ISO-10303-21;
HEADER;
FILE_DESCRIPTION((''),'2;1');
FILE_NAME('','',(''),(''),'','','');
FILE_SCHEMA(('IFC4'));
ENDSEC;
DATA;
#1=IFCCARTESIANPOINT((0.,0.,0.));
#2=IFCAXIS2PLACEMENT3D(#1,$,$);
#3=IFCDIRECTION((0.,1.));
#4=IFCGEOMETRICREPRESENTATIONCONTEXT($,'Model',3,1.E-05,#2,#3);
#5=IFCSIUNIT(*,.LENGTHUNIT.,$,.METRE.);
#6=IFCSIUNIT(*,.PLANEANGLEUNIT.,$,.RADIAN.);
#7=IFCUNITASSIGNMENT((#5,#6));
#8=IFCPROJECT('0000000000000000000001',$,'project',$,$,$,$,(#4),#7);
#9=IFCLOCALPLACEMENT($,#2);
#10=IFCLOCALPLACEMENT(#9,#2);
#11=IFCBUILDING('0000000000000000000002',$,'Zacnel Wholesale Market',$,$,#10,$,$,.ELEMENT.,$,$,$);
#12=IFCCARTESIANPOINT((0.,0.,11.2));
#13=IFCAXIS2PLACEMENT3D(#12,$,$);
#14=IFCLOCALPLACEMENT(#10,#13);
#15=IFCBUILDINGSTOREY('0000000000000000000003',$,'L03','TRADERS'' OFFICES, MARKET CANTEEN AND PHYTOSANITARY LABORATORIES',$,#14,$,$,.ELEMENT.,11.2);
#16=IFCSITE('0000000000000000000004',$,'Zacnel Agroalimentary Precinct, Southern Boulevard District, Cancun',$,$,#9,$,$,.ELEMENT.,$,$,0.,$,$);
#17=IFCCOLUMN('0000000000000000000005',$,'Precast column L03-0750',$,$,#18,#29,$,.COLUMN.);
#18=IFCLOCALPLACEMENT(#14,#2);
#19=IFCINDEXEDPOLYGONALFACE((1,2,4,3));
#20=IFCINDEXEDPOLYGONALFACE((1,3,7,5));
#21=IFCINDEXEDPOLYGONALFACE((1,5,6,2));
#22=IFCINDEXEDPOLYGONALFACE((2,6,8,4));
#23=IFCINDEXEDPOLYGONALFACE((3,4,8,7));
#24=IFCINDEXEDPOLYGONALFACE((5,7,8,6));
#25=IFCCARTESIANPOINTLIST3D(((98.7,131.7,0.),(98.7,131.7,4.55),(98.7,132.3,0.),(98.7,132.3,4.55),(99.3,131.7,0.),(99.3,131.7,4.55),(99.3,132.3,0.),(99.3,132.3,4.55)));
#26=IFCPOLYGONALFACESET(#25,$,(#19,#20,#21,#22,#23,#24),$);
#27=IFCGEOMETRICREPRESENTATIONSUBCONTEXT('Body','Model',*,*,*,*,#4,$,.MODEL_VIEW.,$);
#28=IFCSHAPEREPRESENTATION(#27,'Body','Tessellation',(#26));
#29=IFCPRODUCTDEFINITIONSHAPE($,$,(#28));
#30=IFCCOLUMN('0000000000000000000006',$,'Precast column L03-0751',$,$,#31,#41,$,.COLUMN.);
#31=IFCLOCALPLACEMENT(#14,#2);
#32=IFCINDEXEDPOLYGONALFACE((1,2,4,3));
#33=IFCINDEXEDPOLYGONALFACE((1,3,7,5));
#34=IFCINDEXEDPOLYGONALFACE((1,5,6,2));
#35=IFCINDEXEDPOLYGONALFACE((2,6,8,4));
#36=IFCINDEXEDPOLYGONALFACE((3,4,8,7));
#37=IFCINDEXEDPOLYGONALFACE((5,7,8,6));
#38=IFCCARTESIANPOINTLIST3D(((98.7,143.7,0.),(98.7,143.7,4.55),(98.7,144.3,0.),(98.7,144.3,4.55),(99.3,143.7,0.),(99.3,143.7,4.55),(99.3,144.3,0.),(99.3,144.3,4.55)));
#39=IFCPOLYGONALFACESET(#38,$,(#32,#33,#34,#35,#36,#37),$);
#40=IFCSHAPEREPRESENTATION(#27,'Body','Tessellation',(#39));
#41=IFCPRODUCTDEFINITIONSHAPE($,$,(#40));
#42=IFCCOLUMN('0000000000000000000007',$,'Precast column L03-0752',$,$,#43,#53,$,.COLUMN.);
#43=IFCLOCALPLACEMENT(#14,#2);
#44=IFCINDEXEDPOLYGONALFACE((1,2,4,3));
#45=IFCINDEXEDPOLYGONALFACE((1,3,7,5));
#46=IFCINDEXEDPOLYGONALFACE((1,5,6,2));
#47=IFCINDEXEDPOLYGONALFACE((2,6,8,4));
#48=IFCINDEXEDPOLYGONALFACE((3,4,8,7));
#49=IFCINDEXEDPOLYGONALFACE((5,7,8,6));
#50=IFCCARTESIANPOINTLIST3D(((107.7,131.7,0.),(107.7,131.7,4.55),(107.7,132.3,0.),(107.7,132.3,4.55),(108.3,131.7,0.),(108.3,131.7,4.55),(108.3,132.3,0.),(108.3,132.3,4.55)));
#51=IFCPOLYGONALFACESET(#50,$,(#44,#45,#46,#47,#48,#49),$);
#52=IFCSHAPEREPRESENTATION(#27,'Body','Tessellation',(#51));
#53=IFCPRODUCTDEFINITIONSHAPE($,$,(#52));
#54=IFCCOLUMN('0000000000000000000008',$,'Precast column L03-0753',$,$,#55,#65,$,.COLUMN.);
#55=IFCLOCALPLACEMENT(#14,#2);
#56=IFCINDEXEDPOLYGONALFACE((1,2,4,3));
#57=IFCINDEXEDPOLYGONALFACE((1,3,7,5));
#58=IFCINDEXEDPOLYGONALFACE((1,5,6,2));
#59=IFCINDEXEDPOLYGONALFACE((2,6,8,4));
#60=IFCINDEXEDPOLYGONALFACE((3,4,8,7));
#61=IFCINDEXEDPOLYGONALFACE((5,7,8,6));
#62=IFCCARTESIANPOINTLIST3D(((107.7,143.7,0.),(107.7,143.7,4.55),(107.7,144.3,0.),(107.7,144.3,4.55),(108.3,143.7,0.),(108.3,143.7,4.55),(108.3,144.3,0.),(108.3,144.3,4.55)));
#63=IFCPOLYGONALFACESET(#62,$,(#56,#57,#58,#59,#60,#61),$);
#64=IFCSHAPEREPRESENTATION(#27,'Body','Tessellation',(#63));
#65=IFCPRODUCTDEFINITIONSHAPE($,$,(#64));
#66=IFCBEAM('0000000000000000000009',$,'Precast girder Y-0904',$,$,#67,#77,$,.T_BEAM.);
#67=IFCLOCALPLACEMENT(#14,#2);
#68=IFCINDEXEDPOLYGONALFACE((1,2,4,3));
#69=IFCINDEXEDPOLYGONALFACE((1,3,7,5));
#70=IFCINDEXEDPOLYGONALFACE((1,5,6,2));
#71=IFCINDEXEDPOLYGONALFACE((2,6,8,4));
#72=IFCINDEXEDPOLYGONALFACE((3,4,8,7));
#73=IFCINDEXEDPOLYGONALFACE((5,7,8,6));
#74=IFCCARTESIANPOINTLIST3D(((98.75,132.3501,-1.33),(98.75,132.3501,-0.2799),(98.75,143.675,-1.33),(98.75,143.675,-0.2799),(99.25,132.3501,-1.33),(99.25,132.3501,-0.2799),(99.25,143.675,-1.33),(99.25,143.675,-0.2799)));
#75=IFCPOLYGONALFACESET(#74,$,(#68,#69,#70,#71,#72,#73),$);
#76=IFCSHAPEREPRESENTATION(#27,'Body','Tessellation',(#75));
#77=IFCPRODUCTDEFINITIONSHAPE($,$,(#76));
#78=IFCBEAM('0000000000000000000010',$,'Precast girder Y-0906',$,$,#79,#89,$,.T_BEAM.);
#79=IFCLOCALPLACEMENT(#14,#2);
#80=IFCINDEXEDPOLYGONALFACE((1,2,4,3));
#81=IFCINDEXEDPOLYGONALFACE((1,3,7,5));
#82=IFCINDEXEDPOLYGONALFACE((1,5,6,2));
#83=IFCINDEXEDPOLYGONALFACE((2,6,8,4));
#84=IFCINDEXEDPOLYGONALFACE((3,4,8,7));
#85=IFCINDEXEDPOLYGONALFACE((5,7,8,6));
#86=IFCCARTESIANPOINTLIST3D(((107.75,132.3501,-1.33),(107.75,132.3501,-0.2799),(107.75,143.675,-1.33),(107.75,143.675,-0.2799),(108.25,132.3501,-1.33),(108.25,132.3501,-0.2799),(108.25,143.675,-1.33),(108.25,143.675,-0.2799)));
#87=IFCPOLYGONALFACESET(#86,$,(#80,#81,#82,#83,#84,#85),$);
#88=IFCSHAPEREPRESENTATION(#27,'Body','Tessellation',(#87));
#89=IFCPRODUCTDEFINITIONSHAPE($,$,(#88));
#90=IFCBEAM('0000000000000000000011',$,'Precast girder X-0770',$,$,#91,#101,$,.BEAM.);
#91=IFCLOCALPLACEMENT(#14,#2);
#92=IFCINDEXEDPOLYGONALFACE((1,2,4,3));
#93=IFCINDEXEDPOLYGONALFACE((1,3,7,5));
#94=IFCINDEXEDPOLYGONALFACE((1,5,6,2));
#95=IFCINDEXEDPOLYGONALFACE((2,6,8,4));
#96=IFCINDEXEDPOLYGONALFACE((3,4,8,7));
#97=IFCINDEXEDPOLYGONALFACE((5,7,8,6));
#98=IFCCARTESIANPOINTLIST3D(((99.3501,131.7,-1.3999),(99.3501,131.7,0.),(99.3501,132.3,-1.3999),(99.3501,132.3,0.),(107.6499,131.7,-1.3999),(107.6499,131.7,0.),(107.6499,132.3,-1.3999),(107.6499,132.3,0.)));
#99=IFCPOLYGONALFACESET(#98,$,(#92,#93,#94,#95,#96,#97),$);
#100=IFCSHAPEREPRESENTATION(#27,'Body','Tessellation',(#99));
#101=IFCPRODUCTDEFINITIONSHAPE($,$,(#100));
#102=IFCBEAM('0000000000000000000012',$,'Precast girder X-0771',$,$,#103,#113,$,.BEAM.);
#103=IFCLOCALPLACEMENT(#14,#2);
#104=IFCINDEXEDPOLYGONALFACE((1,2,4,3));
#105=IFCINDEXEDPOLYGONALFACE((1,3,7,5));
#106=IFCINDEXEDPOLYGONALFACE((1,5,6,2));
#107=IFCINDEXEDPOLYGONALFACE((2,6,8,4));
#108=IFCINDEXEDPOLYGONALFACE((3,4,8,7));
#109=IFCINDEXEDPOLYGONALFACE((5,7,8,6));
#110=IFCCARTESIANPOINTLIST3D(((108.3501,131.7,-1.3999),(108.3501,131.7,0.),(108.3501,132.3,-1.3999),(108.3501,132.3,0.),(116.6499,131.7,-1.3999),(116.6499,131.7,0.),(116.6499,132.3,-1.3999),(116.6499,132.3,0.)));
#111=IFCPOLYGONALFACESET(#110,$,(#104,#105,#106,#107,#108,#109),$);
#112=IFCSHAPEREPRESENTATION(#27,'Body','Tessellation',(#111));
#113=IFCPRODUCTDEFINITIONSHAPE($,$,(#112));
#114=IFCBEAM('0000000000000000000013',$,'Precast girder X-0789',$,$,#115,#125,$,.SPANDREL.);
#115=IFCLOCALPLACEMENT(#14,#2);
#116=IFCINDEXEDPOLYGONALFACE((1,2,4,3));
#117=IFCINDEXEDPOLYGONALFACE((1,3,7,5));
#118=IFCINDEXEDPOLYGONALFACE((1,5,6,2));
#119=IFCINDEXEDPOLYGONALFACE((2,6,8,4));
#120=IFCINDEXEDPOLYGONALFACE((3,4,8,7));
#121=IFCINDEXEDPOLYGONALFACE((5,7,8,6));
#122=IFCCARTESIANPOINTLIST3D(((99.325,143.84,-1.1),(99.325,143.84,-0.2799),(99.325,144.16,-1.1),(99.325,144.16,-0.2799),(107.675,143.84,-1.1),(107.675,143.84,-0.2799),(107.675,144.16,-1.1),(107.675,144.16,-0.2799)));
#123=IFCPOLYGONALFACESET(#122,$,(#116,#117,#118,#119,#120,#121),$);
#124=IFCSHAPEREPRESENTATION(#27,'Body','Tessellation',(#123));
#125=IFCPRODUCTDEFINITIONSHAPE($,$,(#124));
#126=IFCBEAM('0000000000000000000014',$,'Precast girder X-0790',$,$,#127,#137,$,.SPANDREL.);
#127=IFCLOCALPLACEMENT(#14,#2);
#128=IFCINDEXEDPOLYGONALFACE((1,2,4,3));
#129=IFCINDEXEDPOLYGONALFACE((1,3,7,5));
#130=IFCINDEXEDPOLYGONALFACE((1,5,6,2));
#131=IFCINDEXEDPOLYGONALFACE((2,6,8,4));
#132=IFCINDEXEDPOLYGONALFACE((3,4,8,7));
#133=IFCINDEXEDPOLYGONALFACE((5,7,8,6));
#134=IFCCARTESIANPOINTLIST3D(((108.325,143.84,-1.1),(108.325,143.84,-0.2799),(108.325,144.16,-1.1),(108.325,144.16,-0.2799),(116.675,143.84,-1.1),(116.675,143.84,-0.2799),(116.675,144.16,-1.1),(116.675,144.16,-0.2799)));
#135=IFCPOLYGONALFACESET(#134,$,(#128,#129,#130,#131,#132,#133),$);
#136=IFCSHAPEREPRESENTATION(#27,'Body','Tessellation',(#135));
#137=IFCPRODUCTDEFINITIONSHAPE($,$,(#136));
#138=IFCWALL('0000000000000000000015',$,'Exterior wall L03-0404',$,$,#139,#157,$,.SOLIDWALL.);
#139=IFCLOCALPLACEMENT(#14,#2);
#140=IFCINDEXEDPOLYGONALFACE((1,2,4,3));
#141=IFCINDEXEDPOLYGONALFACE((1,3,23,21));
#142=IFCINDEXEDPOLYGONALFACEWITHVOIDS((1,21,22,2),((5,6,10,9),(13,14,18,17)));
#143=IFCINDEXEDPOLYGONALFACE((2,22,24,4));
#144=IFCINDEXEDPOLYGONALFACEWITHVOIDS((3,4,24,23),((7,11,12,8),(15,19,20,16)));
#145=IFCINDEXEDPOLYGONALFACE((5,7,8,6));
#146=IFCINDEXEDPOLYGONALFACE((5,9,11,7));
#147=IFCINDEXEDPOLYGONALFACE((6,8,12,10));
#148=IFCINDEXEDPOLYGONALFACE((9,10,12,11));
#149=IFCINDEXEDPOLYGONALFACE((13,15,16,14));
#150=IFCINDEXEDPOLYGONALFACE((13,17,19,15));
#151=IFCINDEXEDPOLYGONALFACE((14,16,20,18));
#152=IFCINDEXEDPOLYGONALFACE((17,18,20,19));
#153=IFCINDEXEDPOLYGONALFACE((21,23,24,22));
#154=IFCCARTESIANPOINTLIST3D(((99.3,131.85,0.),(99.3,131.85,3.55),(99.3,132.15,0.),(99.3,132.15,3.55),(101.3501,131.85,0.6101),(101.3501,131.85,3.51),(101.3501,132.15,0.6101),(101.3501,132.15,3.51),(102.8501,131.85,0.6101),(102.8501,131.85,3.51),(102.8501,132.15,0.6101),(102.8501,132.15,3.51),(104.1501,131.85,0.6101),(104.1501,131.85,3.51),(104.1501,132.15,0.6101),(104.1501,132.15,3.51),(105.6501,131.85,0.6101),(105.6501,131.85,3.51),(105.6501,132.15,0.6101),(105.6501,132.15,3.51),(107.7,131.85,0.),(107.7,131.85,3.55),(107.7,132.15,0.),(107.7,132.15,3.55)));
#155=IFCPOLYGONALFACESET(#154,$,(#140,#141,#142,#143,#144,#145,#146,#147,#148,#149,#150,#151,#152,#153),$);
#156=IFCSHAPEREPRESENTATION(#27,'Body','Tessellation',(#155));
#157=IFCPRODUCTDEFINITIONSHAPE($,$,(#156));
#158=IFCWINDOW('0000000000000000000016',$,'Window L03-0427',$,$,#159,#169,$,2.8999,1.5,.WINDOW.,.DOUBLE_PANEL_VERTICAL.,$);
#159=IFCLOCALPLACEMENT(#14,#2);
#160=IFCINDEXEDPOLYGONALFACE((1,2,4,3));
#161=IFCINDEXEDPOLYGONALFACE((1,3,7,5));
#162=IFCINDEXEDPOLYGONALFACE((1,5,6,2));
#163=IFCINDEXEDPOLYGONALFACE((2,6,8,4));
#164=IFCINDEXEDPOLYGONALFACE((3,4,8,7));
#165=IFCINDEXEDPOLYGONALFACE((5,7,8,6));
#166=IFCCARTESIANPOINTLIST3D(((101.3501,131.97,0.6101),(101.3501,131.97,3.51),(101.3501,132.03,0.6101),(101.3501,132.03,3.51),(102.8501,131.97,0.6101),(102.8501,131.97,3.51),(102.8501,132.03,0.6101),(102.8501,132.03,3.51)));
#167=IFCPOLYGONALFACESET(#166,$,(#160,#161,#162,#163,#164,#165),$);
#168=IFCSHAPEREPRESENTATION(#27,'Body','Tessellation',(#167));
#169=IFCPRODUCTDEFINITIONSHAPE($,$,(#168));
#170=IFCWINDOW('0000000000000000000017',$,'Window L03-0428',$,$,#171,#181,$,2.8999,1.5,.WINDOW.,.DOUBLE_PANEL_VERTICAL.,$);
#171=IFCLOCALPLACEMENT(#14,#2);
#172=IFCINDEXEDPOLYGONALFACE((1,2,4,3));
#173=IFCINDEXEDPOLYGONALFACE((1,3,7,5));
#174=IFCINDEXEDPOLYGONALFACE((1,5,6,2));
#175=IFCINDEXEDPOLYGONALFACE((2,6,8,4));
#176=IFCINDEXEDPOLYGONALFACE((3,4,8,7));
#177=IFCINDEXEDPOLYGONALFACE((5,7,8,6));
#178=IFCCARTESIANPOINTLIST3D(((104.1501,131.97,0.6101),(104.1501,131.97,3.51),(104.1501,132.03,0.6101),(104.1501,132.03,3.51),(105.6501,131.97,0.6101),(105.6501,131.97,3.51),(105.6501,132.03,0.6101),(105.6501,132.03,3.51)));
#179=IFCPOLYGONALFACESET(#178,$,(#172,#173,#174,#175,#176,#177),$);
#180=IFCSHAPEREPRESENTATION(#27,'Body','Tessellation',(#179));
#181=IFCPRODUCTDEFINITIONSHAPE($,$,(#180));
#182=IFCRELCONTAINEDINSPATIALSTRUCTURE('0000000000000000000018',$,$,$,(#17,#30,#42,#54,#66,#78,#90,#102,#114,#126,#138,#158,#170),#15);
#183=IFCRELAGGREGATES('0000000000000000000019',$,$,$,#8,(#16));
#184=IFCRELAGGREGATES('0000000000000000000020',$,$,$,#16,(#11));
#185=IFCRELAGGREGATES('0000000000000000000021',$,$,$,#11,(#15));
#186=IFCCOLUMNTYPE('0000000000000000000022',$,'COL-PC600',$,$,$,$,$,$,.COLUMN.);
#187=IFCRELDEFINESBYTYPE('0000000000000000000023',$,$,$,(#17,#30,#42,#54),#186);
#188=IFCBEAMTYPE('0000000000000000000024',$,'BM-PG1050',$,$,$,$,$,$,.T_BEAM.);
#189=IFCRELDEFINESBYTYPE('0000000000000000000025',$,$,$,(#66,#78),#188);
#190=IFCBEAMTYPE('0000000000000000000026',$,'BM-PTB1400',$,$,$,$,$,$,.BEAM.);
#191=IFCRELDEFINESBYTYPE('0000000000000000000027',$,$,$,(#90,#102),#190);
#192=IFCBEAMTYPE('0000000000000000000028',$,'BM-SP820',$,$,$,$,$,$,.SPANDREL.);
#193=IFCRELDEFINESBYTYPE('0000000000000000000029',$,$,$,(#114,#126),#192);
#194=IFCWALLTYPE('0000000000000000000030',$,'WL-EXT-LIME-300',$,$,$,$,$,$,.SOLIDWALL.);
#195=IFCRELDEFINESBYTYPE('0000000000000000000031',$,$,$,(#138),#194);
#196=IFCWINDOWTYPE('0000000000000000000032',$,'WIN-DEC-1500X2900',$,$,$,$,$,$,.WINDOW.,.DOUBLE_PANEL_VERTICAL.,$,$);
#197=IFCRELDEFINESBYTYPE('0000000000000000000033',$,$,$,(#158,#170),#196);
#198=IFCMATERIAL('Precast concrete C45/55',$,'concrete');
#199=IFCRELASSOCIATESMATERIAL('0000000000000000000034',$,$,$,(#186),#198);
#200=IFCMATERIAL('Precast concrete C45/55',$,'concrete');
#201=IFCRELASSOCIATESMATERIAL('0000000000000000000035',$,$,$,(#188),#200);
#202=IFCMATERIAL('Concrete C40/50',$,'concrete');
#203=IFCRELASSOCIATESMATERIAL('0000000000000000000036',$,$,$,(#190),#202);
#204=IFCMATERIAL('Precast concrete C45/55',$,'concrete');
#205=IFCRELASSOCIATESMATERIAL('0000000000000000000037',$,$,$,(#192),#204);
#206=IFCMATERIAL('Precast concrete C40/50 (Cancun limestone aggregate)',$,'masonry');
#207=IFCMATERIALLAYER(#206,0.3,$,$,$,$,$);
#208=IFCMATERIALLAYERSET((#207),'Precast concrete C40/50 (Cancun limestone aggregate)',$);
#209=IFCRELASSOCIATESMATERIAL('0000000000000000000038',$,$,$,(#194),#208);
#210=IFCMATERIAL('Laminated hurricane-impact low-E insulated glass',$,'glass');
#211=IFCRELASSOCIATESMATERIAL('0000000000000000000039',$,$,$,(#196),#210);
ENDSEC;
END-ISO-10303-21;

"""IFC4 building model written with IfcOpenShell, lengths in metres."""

from ifc_helpers import new_model, si_unit, direction, frame, frame_2d, origin, origin_2d, place, context, subcontext, project, spatial, rectangle, extrude, material, layer, layer_set, material_profile, profile_set, type_object, element, fill, save


model = new_model("IFC4")

# Units and contexts
model_context = context("Model", 3, precision=1e-05, world=origin(), true_north=direction((0.0, 1.0)))
body_context = subcontext(model_context, "Body", "Model", "MODEL_VIEW")
ifc_project = project(units=[si_unit("LENGTHUNIT", "METRE"), si_unit("PLANEANGLEUNIT", "RADIAN")], contexts=[model_context])

# Site, building, storey
site_placement = place(None, origin())
site = spatial("IfcSite", under=ifc_project, at=site_placement, Name="Zacnel Agroalimentary Precinct, Southern Boulevard District, Cancun", CompositionType="ELEMENT", RefElevation=0.0)
building_placement = place(site_placement, origin())
building = spatial("IfcBuilding", under=site, at=building_placement, Name="Zacnel Wholesale Market", CompositionType="ELEMENT")
storey_placement = place(building_placement, frame((0.0, 0.0, 11.2)))
storey = spatial("IfcBuildingStorey", under=building, at=storey_placement, Name="L03", Description="TRADERS' OFFICES, MARKET CANTEEN AND PHYTOSANITARY LABORATORIES", CompositionType="ELEMENT", Elevation=11.2)

# Columns
ifc_material_1 = material(Name="Precast concrete C45/55", Category="concrete")
ifc_material_profile_1 = material_profile(ifc_material_1, rectangle(XDim=0.6001, YDim=0.6001, at=origin_2d()), Name="PC 600x600")
ifc_profile_set_1 = profile_set([ifc_material_profile_1], Name="Precast concrete C45/55")
column_type = type_object("IfcColumnType", Name="COL-PC600", PredefinedType="COLUMN", material=ifc_profile_set_1)
for number, where, z_axis, x_axis, name in (
    (1, (99.0, 132.0, 0.0), (0.0, 0.0, 1.0), (1.0, 0.0, 0.0), "Precast column L03-0750"),
    (2, (99.0, 144.0, 0.0), (0.0, 0.0, 1.0), (1.0, 0.0, 0.0), "Precast column L03-0751"),
    (3, (108.0, 132.0, 0.0), (0.0, 0.0, 1.0), (1.0, 0.0, 0.0), "Precast column L03-0752"),
    (4, (108.0, 144.0, 0.0), (0.0, 0.0, 1.0), (1.0, 0.0, 0.0), "Precast column L03-0753"),
):
    element("IfcColumn", number, at=place(storey_placement, frame(where, z_axis=z_axis, x_axis=x_axis)), inside=storey, type_object=column_type, Name=name, PredefinedType="COLUMN", context=body_context, shape_type="SweptSolid", body=[
        extrude(rectangle(XDim=0.6001, YDim=0.6001, at=origin_2d()), origin(), (0.0, 0.0, 1.0), 4.55),
    ])

# Beams
ifc_material_2 = material(Name="Precast concrete C45/55", Category="concrete")
ifc_material_profile_2 = material_profile(ifc_material_2, rectangle(XDim=0.5, YDim=1.05, at=origin_2d()), Name="PG 500x1050")
ifc_profile_set_2 = profile_set([ifc_material_profile_2], Name="Precast concrete C45/55")
beam_type_1 = type_object("IfcBeamType", Name="BM-PG1050", PredefinedType="T_BEAM", material=ifc_profile_set_2)
for number, where, z_axis, x_axis, name in (
    (5, (99.0, 132.3501, -0.8049), (0.0, 1.0, 0.0), (-1.0, 0.0, 0.0), "Precast girder Y-0904"),
    (6, (108.0, 132.3501, -0.8049), (0.0, 1.0, 0.0), (-1.0, 0.0, 0.0), "Precast girder Y-0906"),
):
    element("IfcBeam", number, at=place(storey_placement, frame(where, z_axis=z_axis, x_axis=x_axis)), inside=storey, type_object=beam_type_1, Name=name, PredefinedType="T_BEAM", context=body_context, shape_type="SweptSolid", body=[
        extrude(rectangle(XDim=0.5, YDim=1.05, at=origin_2d()), origin(), (0.0, 0.0, 1.0), 11.325),
    ])
ifc_material_3 = material(Name="Concrete C40/50", Category="concrete")
ifc_material_profile_3 = material_profile(ifc_material_3, rectangle(XDim=0.6001, YDim=1.3999, at=origin_2d()), Name="PTB 600x1400")
ifc_profile_set_3 = profile_set([ifc_material_profile_3], Name="Concrete C40/50")
beam_type_2 = type_object("IfcBeamType", Name="BM-PTB1400", PredefinedType="BEAM", material=ifc_profile_set_3)
for number, where, z_axis, x_axis, name in (
    (7, (99.3501, 132.0, -0.7), (1.0, 0.0, 0.0), (0.0, 1.0, 0.0), "Precast girder X-0770"),
    (8, (108.3501, 132.0, -0.7), (1.0, 0.0, 0.0), (0.0, 1.0, 0.0), "Precast girder X-0771"),
):
    element("IfcBeam", number, at=place(storey_placement, frame(where, z_axis=z_axis, x_axis=x_axis)), inside=storey, type_object=beam_type_2, Name=name, PredefinedType="BEAM", context=body_context, shape_type="SweptSolid", body=[
        extrude(rectangle(XDim=0.6001, YDim=1.3999, at=origin_2d()), origin(), (0.0, 0.0, 1.0), 8.2998),
    ])
ifc_material_4 = material(Name="Precast concrete C45/55", Category="concrete")
ifc_material_profile_4 = material_profile(ifc_material_4, rectangle(XDim=0.3201, YDim=0.8201, at=origin_2d()), Name="SP 320x820")
ifc_profile_set_4 = profile_set([ifc_material_profile_4], Name="Precast concrete C45/55")
beam_type_3 = type_object("IfcBeamType", Name="BM-SP820", PredefinedType="SPANDREL", material=ifc_profile_set_4)
for number, where, z_axis, x_axis, name in (
    (9, (99.325, 144.0, -0.6899), (1.0, 0.0, 0.0), (0.0, 1.0, 0.0), "Precast girder X-0789"),
    (10, (108.325, 144.0, -0.6899), (1.0, 0.0, 0.0), (0.0, 1.0, 0.0), "Precast girder X-0790"),
):
    element("IfcBeam", number, at=place(storey_placement, frame(where, z_axis=z_axis, x_axis=x_axis)), inside=storey, type_object=beam_type_3, Name=name, PredefinedType="SPANDREL", context=body_context, shape_type="SweptSolid", body=[
        extrude(rectangle(XDim=0.3201, YDim=0.8201, at=origin_2d()), origin(), (0.0, 0.0, 1.0), 8.3501),
    ])

# Wall, openings, windows
ifc_material_5 = material(Name="Precast concrete C40/50 (Cancun limestone aggregate)", Category="masonry")
ifc_layer_1 = layer(ifc_material_5, 0.3)
ifc_layer_set_1 = layer_set([ifc_layer_1], Name="Precast concrete C40/50 (Cancun limestone aggregate)")
wall_type = type_object("IfcWallType", Name="WL-EXT-LIME-300", PredefinedType="SOLIDWALL", material=ifc_layer_set_1)
wall_1_placement = place(storey_placement, frame((99.3, 132.0, 0.0), z_axis=(0.0, 0.0, 1.0), x_axis=(1.0, 0.0, 0.0)))
wall_1 = element("IfcWall", 11, at=wall_1_placement, inside=storey, type_object=wall_type, Name="Exterior wall L03-0404", PredefinedType="SOLIDWALL", context=body_context, shape_type="SweptSolid", body=[
    extrude(rectangle(XDim=8.3999, YDim=0.3, at=frame_2d((4.2, 0.0))), origin(), (0.0, 0.0, 1.0), 3.55),
])
opening_1_placement = place(wall_1_placement, frame((2.05, 0.0, 0.6101)))
opening_1 = element("IfcOpeningElement", 12, at=opening_1_placement, cuts=wall_1, PredefinedType="OPENING", context=body_context, shape_type="SweptSolid", body=[
    extrude(rectangle(XDim=1.5, YDim=2.8999, at=frame_2d((0.75, 1.45))), frame((0.0, 0.1599, 0.0), z_axis=(0.0, -1.0, 0.0), x_axis=(1.0, 0.0, 0.0)), (0.0, 0.0, 1.0), 0.3201),
])
opening_2_placement = place(wall_1_placement, frame((4.8501, 0.0, 0.6101)))
opening_2 = element("IfcOpeningElement", 13, at=opening_2_placement, cuts=wall_1, PredefinedType="OPENING", context=body_context, shape_type="SweptSolid", body=[
    extrude(rectangle(XDim=1.5, YDim=2.8999, at=frame_2d((0.75, 1.45))), frame((0.0, 0.1599, 0.0), z_axis=(0.0, -1.0, 0.0), x_axis=(1.0, 0.0, 0.0)), (0.0, 0.0, 1.0), 0.3201),
])
ifc_material_6 = material(Name="Laminated hurricane-impact low-E insulated glass", Category="glass")
window_type = type_object("IfcWindowType", Name="WIN-DEC-1500X2900", PartitioningType="DOUBLE_PANEL_VERTICAL", PredefinedType="WINDOW", material=ifc_material_6)
window_1_placement = place(opening_1_placement, origin())
window_1 = element("IfcWindow", 14, at=window_1_placement, inside=storey, type_object=window_type, Name="Window L03-0427", OverallHeight=2.8999, OverallWidth=1.5, PartitioningType="DOUBLE_PANEL_VERTICAL", PredefinedType="WINDOW", context=body_context, shape_type="SweptSolid", body=[
    extrude(rectangle(XDim=1.5, YDim=2.8999, at=frame_2d((0.75, 1.45))), frame((0.0, 0.03, 0.0), z_axis=(0.0, -1.0, 0.0), x_axis=(1.0, 0.0, 0.0)), (0.0, 0.0, 1.0), 0.0601),
])
fill(opening_1, window_1)
window_2_placement = place(opening_2_placement, origin())
window_2 = element("IfcWindow", 15, at=window_2_placement, inside=storey, type_object=window_type, Name="Window L03-0428", OverallHeight=2.8999, OverallWidth=1.5, PartitioningType="DOUBLE_PANEL_VERTICAL", PredefinedType="WINDOW", context=body_context, shape_type="SweptSolid", body=[
    extrude(rectangle(XDim=1.5, YDim=2.8999, at=frame_2d((0.75, 1.45))), frame((0.0, 0.03, 0.0), z_axis=(0.0, -1.0, 0.0), x_axis=(1.0, 0.0, 0.0)), (0.0, 0.0, 1.0), 0.0601),
])
fill(opening_2, window_2)

save(model, "model.ifc")
